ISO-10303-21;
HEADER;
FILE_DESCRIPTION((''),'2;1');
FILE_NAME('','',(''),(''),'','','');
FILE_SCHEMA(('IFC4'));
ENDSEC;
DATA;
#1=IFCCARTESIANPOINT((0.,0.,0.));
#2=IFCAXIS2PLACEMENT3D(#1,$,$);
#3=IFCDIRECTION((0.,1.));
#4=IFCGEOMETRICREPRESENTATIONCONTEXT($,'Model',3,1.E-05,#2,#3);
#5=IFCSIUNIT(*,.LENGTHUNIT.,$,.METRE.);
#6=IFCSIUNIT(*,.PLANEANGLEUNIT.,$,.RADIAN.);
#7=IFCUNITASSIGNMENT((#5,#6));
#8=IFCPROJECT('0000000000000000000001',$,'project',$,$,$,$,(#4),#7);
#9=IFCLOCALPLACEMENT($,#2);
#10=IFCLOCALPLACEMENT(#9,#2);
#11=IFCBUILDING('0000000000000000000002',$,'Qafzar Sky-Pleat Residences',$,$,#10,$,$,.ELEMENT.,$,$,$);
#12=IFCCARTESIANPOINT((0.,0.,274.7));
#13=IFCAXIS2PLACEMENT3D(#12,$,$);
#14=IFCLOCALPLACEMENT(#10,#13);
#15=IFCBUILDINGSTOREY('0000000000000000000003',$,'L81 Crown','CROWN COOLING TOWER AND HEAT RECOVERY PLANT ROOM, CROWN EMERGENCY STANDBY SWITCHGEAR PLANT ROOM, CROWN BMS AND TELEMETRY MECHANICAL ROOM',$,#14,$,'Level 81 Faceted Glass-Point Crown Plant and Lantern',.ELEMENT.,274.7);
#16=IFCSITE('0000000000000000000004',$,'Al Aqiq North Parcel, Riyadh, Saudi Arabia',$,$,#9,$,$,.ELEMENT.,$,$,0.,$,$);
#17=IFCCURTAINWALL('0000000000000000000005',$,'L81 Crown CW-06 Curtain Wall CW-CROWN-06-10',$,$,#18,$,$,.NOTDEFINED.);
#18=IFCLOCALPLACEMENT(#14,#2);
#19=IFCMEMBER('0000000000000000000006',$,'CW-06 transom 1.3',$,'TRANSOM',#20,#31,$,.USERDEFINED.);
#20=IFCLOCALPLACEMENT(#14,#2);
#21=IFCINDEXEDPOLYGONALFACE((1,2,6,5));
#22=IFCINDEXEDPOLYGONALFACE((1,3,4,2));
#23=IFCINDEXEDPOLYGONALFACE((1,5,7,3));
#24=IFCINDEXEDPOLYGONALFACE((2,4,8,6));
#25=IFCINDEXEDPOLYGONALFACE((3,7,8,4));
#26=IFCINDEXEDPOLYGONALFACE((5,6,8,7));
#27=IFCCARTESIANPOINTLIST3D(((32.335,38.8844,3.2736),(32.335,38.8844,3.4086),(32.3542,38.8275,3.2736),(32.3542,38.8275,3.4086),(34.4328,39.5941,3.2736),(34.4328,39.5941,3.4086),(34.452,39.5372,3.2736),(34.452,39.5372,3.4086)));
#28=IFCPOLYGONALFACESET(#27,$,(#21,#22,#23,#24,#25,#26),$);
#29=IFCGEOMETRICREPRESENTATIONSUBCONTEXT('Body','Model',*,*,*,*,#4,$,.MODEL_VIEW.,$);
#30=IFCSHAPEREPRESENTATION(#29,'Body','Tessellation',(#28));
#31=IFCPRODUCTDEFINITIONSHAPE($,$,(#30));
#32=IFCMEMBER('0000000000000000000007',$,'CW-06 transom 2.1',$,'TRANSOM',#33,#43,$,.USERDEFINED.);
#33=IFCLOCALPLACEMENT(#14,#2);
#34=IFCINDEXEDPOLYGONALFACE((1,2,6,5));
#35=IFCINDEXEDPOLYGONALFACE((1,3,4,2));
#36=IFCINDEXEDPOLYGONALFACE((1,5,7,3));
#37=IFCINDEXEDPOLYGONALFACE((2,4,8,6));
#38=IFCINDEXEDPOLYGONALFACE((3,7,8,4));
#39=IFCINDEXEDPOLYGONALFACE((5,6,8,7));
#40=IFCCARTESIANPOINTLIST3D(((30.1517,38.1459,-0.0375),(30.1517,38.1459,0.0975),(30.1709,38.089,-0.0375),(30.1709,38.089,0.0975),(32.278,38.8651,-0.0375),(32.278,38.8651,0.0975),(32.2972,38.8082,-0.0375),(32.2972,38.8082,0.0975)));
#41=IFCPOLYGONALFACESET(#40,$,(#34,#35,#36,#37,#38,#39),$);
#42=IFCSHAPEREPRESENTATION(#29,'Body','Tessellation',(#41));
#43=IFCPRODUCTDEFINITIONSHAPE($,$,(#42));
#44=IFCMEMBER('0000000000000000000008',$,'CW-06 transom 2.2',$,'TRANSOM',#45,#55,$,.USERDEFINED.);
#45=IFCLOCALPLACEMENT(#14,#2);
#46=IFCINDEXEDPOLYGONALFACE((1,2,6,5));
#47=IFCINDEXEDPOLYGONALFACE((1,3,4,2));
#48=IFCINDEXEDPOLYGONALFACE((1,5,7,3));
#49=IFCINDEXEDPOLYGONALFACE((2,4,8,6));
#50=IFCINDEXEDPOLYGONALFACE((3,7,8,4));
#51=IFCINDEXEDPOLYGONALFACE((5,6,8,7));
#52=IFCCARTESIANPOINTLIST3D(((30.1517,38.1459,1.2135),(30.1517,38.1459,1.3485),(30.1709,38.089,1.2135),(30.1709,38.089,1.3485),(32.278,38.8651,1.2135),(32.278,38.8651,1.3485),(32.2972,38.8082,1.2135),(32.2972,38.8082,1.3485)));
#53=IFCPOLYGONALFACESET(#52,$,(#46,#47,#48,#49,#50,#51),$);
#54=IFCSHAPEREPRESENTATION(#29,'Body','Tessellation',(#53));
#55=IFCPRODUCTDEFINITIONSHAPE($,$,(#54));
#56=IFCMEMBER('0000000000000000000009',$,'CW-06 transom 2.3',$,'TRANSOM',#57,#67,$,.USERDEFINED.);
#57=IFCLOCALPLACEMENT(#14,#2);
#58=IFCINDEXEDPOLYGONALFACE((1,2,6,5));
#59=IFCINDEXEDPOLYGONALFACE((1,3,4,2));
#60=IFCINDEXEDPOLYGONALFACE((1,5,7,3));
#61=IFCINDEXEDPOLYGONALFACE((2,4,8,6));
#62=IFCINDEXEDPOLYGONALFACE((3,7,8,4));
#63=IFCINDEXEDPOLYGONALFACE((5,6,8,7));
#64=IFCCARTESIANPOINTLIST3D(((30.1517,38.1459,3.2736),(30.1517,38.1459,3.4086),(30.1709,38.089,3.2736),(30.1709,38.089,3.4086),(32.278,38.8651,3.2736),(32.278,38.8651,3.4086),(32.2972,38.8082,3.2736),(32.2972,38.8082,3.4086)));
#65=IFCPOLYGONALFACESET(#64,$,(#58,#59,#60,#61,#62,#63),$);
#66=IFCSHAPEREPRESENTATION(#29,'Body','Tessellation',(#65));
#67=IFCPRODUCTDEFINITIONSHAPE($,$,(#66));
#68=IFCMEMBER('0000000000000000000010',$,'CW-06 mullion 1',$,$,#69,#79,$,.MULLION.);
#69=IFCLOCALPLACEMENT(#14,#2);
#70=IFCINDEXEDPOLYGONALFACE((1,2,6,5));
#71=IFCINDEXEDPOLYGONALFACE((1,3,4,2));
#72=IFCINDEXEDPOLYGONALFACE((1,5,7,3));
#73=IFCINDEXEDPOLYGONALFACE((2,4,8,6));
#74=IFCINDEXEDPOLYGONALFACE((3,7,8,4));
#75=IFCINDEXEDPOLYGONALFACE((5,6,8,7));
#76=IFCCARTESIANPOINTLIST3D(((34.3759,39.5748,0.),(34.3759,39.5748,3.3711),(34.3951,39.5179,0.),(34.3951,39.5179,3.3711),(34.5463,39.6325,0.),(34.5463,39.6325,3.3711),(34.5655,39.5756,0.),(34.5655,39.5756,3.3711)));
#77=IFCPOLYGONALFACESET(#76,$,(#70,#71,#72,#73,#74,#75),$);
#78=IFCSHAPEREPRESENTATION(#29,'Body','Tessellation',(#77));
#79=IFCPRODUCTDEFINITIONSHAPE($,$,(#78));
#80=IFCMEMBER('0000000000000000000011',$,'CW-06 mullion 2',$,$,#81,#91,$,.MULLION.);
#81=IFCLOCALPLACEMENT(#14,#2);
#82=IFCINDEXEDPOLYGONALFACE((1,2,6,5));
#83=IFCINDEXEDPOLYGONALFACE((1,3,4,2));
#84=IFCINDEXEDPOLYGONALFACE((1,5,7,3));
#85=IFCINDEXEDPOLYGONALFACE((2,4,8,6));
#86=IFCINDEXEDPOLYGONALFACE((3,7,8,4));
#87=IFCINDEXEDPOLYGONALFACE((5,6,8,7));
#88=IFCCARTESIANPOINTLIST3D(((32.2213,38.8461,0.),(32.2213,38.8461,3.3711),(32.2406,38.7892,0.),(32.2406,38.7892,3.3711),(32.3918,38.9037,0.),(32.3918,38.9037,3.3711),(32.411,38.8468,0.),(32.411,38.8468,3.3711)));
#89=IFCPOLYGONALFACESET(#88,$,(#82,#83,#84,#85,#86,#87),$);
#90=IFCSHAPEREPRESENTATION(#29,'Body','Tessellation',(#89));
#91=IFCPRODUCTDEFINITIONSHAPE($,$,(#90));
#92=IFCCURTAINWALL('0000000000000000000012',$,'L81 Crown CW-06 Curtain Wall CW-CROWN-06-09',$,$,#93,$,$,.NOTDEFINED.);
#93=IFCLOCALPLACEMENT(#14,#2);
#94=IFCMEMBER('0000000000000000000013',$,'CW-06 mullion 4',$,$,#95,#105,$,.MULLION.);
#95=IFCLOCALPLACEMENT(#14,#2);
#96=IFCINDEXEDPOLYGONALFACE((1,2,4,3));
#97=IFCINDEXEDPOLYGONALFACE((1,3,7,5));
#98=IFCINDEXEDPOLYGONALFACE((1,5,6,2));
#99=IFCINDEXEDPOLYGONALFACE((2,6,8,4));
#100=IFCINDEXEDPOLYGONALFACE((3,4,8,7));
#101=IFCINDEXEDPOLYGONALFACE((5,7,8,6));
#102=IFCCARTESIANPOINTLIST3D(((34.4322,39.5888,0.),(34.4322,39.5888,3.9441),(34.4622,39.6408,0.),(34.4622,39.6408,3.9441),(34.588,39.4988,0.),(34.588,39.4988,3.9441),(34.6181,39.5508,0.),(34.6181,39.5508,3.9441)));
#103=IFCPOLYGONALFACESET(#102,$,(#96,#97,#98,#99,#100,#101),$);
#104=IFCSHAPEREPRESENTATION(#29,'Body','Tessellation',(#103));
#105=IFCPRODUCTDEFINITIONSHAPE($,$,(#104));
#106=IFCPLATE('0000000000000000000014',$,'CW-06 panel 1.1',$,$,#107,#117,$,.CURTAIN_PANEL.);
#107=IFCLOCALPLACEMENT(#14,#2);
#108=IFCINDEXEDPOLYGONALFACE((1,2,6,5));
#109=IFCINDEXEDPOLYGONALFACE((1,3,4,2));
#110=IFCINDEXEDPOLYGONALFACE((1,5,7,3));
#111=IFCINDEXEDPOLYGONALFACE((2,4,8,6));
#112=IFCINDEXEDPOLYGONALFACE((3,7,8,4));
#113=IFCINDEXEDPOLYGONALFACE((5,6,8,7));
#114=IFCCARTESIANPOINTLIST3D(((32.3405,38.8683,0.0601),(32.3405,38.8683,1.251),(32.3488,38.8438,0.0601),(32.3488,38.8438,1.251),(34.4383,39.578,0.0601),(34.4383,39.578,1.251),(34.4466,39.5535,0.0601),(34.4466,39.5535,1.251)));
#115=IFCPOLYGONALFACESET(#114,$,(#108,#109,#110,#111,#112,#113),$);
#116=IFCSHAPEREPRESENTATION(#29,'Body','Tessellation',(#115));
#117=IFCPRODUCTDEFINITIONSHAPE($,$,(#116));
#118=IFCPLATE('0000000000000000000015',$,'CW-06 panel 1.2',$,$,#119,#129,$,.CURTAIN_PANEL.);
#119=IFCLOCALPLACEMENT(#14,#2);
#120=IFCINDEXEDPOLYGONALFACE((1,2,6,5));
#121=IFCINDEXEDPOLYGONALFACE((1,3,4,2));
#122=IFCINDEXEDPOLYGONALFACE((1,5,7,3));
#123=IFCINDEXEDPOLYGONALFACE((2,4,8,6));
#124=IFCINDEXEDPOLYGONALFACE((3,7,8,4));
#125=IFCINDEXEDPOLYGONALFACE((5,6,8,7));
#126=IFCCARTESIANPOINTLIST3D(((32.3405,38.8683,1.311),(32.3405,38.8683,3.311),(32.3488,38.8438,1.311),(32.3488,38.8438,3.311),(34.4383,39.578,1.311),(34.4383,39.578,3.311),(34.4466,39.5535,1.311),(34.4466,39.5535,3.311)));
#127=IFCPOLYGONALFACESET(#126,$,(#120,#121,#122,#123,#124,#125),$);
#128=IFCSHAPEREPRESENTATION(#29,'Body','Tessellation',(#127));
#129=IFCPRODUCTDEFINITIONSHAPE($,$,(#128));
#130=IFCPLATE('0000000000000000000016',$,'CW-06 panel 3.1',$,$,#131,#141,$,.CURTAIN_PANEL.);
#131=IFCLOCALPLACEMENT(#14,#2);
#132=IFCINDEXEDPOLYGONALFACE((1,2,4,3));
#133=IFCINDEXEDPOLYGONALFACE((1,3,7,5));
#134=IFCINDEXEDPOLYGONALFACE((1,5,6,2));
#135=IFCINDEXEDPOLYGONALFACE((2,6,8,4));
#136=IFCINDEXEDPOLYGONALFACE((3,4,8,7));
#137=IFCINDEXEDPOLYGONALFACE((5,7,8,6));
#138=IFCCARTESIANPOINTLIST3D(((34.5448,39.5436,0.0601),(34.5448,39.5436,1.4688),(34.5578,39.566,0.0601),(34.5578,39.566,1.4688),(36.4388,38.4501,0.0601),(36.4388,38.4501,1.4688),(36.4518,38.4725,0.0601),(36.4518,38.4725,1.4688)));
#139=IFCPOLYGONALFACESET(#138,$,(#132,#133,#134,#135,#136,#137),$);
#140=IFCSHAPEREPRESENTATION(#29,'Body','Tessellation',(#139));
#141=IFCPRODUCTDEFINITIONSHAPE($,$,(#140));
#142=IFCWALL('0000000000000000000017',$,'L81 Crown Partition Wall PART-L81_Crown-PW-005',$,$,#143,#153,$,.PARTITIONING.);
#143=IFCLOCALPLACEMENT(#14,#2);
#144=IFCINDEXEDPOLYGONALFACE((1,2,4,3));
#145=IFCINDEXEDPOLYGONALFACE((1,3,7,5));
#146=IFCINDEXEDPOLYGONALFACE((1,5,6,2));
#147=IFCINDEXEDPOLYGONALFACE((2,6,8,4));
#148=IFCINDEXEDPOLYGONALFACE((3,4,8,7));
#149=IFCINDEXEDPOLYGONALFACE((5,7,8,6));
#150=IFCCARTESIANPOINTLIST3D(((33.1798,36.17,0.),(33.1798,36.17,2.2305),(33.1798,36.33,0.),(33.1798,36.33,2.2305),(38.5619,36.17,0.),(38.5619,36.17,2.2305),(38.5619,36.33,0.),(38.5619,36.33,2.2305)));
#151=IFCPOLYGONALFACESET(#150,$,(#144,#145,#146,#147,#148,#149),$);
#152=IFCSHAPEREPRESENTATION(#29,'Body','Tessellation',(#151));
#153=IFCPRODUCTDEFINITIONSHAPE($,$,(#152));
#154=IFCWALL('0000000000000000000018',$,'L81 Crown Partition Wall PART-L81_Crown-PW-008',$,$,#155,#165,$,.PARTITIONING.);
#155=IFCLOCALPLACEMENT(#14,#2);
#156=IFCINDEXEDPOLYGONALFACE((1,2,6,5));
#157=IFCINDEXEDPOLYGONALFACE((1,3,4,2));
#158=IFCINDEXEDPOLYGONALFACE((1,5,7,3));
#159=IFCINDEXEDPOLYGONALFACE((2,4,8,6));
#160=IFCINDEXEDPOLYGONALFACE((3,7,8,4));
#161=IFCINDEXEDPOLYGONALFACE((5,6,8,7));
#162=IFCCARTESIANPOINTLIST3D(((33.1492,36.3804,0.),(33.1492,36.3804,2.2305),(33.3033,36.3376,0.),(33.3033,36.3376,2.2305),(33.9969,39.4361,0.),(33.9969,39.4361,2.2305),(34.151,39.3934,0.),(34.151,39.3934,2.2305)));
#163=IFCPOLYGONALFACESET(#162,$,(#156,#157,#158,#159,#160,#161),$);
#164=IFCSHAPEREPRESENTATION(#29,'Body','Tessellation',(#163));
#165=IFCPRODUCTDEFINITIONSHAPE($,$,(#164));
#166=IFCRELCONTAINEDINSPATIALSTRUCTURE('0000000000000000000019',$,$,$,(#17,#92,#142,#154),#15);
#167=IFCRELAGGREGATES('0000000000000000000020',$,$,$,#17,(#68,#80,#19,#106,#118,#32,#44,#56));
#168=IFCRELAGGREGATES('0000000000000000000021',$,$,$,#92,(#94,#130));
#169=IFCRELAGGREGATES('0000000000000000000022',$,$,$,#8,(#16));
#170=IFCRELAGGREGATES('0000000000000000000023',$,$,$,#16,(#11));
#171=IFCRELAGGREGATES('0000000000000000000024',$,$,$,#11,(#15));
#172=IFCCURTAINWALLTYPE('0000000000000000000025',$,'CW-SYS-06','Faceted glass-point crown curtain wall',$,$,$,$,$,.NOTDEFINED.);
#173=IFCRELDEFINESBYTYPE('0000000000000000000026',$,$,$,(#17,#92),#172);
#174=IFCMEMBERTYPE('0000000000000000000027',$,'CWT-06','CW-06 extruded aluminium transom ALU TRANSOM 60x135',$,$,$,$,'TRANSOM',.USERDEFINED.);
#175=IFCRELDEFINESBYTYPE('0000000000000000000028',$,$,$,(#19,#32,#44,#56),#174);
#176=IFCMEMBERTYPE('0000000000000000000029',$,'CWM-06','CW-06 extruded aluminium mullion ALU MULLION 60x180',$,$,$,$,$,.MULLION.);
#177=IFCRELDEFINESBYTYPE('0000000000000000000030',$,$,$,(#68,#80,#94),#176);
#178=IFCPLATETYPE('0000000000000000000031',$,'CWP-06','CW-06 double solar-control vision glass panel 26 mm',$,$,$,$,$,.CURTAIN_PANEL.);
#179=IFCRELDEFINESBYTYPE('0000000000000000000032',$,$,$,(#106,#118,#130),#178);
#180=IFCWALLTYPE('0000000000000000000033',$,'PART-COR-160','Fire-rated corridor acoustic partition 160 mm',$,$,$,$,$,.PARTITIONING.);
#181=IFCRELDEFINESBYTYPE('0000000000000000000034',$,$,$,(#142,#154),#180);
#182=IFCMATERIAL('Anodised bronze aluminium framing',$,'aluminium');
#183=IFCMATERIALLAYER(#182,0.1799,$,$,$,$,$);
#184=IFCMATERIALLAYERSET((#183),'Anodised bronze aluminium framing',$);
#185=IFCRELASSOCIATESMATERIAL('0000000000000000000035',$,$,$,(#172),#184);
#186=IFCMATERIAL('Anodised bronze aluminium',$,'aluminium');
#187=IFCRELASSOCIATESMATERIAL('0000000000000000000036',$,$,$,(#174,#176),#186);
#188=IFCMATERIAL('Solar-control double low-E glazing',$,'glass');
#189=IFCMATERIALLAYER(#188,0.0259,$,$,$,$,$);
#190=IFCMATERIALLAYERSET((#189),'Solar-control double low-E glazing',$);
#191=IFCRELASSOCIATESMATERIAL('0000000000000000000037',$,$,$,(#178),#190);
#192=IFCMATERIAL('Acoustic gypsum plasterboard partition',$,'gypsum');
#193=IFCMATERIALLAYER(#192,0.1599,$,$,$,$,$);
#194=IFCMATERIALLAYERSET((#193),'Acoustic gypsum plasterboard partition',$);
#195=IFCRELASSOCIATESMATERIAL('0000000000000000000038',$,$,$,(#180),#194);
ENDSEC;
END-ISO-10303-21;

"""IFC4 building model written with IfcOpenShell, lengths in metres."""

from ifc_helpers import new_model, si_unit, direction, frame, frame_2d, origin, origin_2d, place, context, subcontext, project, spatial, rectangle, extrude, source, transform, mapped, material, layer, layer_set, material_profile, profile_set, type_object, element, aggregate, save


model = new_model("IFC4")

# Units and contexts
model_context = context("Model", 3, precision=1e-05, world=origin(), true_north=direction((0.0, 1.0)))
body_context = subcontext(model_context, "Body", "Model", "MODEL_VIEW")
ifc_project = project(units=[si_unit("LENGTHUNIT", "METRE"), si_unit("PLANEANGLEUNIT", "RADIAN")], contexts=[model_context])

# Site, building, storey
site_placement = place(None, origin())
site = spatial("IfcSite", under=ifc_project, at=site_placement, Name="Al Aqiq North Parcel, Riyadh, Saudi Arabia", CompositionType="ELEMENT", RefElevation=0.0)
building_placement = place(site_placement, origin())
building = spatial("IfcBuilding", under=site, at=building_placement, Name="Qafzar Sky-Pleat Residences", CompositionType="ELEMENT")
storey_placement = place(building_placement, frame((0.0, 0.0, 274.7)))
storey = spatial("IfcBuildingStorey", under=building, at=storey_placement, Name="L81 Crown", Description="CROWN COOLING TOWER AND HEAT RECOVERY PLANT ROOM, CROWN EMERGENCY STANDBY SWITCHGEAR PLANT ROOM, CROWN BMS AND TELEMETRY MECHANICAL ROOM", LongName="Level 81 Faceted Glass-Point Crown Plant and Lantern", CompositionType="ELEMENT", Elevation=274.7)

# Curtain wall, members
ifc_material_1 = material(Name="Anodised bronze aluminium framing", Category="aluminium")
ifc_layer_1 = layer(ifc_material_1, 0.1799)
ifc_layer_set_1 = layer_set([ifc_layer_1], Name="Anodised bronze aluminium framing")
curtain_wall_type = type_object("IfcCurtainWallType", Name="CW-SYS-06", Description="Faceted glass-point crown curtain wall", PredefinedType="NOTDEFINED", material=ifc_layer_set_1)
curtain_wall_1_placement = place(storey_placement, origin())
curtain_wall_1 = element("IfcCurtainWall", 1, at=curtain_wall_1_placement, inside=storey, type_object=curtain_wall_type, Name="L81 Crown CW-06 Curtain Wall CW-CROWN-06-10", PredefinedType="NOTDEFINED")
ifc_material_2 = material(Name="Anodised bronze aluminium", Category="aluminium")
ifc_material_profile_1 = material_profile(ifc_material_2, rectangle(XDim=0.0601, YDim=0.135, at=origin_2d()), Name="ALU TRANSOM 60x135")
ifc_profile_set_1 = profile_set([ifc_material_profile_1], Name="Anodised bronze aluminium")
member_type_1 = type_object("IfcMemberType", Name="CWT-06", Description="CW-06 extruded aluminium transom ALU TRANSOM 60x135", ElementType="TRANSOM", PredefinedType="USERDEFINED", material=ifc_profile_set_1)
shared_shape_1 = source(origin(), body_context, "Body", "SweptSolid", [
    extrude(rectangle(XDim=0.0601, YDim=0.135, at=origin_2d()), origin(), (0.0, 0.0, 1.0), 2.2146),
])
member_1_placement = place(storey_placement, frame((34.4424, 39.5657, 3.3411), z_axis=(-0.947263, -0.320458, 0.0), x_axis=(0.320458, -0.947263, 0.0)))
member_1 = element("IfcMember", 2, at=member_1_placement, type_object=member_type_1, Name="CW-06 transom 1.3", ObjectType="TRANSOM", PredefinedType="USERDEFINED", context=body_context, shape_type="MappedRepresentation", body=[
    mapped(shared_shape_1, transform((0.0, 0.0, 0.0), x_axis=(1.0, 0.0, 0.0), y_axis=(0.0, 1.0, 0.0), z_axis=(0.0, 0.0, 1.0), scale=1.0)),
])
shared_shape_2 = source(origin(), body_context, "Body", "SweptSolid", [
    extrude(rectangle(XDim=0.0601, YDim=0.135, at=origin_2d()), origin(), (0.0, 0.0, 1.0), 2.2446),
])
member_2_placement = place(storey_placement, frame((32.2876, 38.8367, 0.03), z_axis=(-0.947271, -0.320434, 0.0), x_axis=(0.320434, -0.947271, 0.0)))
member_2 = element("IfcMember", 3, at=member_2_placement, type_object=member_type_1, Name="CW-06 transom 2.1", ObjectType="TRANSOM", PredefinedType="USERDEFINED", context=body_context, shape_type="MappedRepresentation", body=[
    mapped(shared_shape_2, transform((0.0, 0.0, 0.0), x_axis=(1.0, 0.0, 0.0), y_axis=(0.0, 1.0, 0.0), z_axis=(0.0, 0.0, 1.0), scale=1.0)),
])
member_3_placement = place(storey_placement, frame((32.2876, 38.8367, 1.281), z_axis=(-0.947271, -0.320434, 0.0), x_axis=(0.320434, -0.947271, 0.0)))
member_3 = element("IfcMember", 4, at=member_3_placement, type_object=member_type_1, Name="CW-06 transom 2.2", ObjectType="TRANSOM", PredefinedType="USERDEFINED", context=body_context, shape_type="MappedRepresentation", body=[
    mapped(shared_shape_2, transform((0.0, 0.0, 0.0), x_axis=(1.0, 0.0, 0.0), y_axis=(0.0, 1.0, 0.0), z_axis=(0.0, 0.0, 1.0), scale=1.0)),
])
member_4_placement = place(storey_placement, frame((32.2876, 38.8367, 3.3411), z_axis=(-0.947271, -0.320434, 0.0), x_axis=(0.320434, -0.947271, 0.0)))
member_4 = element("IfcMember", 5, at=member_4_placement, type_object=member_type_1, Name="CW-06 transom 2.3", ObjectType="TRANSOM", PredefinedType="USERDEFINED", context=body_context, shape_type="MappedRepresentation", body=[
    mapped(shared_shape_2, transform((0.0, 0.0, 0.0), x_axis=(1.0, 0.0, 0.0), y_axis=(0.0, 1.0, 0.0), z_axis=(0.0, 0.0, 1.0), scale=1.0)),
])
ifc_material_profile_2 = material_profile(ifc_material_2, rectangle(XDim=0.0601, YDim=0.1799, at=origin_2d()), Name="ALU MULLION 60x180")
ifc_profile_set_2 = profile_set([ifc_material_profile_2], Name="Anodised bronze aluminium")
member_type_2 = type_object("IfcMemberType", Name="CWM-06", Description="CW-06 extruded aluminium mullion ALU MULLION 60x180", PredefinedType="MULLION", material=ifc_profile_set_2)
shared_shape_3 = source(origin(), body_context, "Body", "SweptSolid", [
    extrude(rectangle(XDim=0.0601, YDim=0.1799, at=origin_2d()), origin(), (0.0, 0.0, 1.0), 3.3711),
])
member_5_placement = place(storey_placement, frame((34.4707, 39.5752, 0.0), z_axis=(0.0, 0.0, 1.0), x_axis=(0.32046, -0.947262, 0.0)))
member_5 = element("IfcMember", 6, at=member_5_placement, type_object=member_type_2, Name="CW-06 mullion 1", PredefinedType="MULLION", context=body_context, shape_type="MappedRepresentation", body=[
    mapped(shared_shape_3, transform((0.0, 0.0, 0.0), x_axis=(1.0, 0.0, 0.0), y_axis=(0.0, 1.0, 0.0), z_axis=(0.0, 0.0, 1.0), scale=1.0)),
])
member_6_placement = place(storey_placement, frame((32.3162, 38.8464, 0.0), z_axis=(0.0, 0.0, 1.0), x_axis=(0.32046, -0.947262, 0.0)))
member_6 = element("IfcMember", 7, at=member_6_placement, type_object=member_type_2, Name="CW-06 mullion 2", PredefinedType="MULLION", context=body_context, shape_type="MappedRepresentation", body=[
    mapped(shared_shape_3, transform((0.0, 0.0, 0.0), x_axis=(1.0, 0.0, 0.0), y_axis=(0.0, 1.0, 0.0), z_axis=(0.0, 0.0, 1.0), scale=1.0)),
])

# Curtain wall, member
curtain_wall_2_placement = place(storey_placement, origin())
curtain_wall_2 = element("IfcCurtainWall", 8, at=curtain_wall_2_placement, inside=storey, type_object=curtain_wall_type, Name="L81 Crown CW-06 Curtain Wall CW-CROWN-06-09", PredefinedType="NOTDEFINED")
shared_shape_4 = source(origin(), body_context, "Body", "SweptSolid", [
    extrude(rectangle(XDim=0.0601, YDim=0.1799, at=origin_2d()), origin(), (0.0, 0.0, 1.0), 3.9441),
])
member_7_placement = place(storey_placement, frame((34.5251, 39.5698, 0.0), z_axis=(0.0, 0.0, 1.0), x_axis=(-0.5, -0.866026, 0.0)))
member_7 = element("IfcMember", 9, at=member_7_placement, type_object=member_type_2, Name="CW-06 mullion 4", PredefinedType="MULLION", context=body_context, shape_type="MappedRepresentation", body=[
    mapped(shared_shape_4, transform((0.0, 0.0, 0.0), x_axis=(1.0, 0.0, 0.0), y_axis=(0.0, 1.0, 0.0), z_axis=(0.0, 0.0, 1.0), scale=1.0)),
])

# Plates
ifc_material_3 = material(Name="Solar-control double low-E glazing", Category="glass")
ifc_layer_2 = layer(ifc_material_3, 0.0259)
ifc_layer_set_2 = layer_set([ifc_layer_2], Name="Solar-control double low-E glazing")
plate_type = type_object("IfcPlateType", Name="CWP-06", Description="CW-06 double solar-control vision glass panel 26 mm", PredefinedType="CURTAIN_PANEL", material=ifc_layer_set_2)
shared_shape_5 = source(origin(), body_context, "Body", "SweptSolid", [
    extrude(rectangle(XDim=2.2146, YDim=0.0259, at=origin_2d()), origin(), (0.0, 0.0, 1.0), 1.1909),
])
plate_1_placement = place(storey_placement, frame((33.3936, 39.2109, 0.0601), z_axis=(0.0, 0.0, 1.0), x_axis=(-0.947262, -0.32046, 0.0)))
plate_1 = element("IfcPlate", 10, at=plate_1_placement, type_object=plate_type, Name="CW-06 panel 1.1", PredefinedType="CURTAIN_PANEL", context=body_context, shape_type="MappedRepresentation", body=[
    mapped(shared_shape_5, transform((0.0, 0.0, 0.0), x_axis=(1.0, 0.0, 0.0), y_axis=(0.0, 1.0, 0.0), z_axis=(0.0, 0.0, 1.0), scale=1.0)),
])
shared_shape_6 = source(origin(), body_context, "Body", "SweptSolid", [
    extrude(rectangle(XDim=2.2146, YDim=0.0259, at=origin_2d()), origin(), (0.0, 0.0, 1.0), 2.0),
])
plate_2_placement = place(storey_placement, frame((33.3936, 39.2109, 1.311), z_axis=(0.0, 0.0, 1.0), x_axis=(-0.947262, -0.32046, 0.0)))
plate_2 = element("IfcPlate", 11, at=plate_2_placement, type_object=plate_type, Name="CW-06 panel 1.2", PredefinedType="CURTAIN_PANEL", context=body_context, shape_type="MappedRepresentation", body=[
    mapped(shared_shape_6, transform((0.0, 0.0, 0.0), x_axis=(1.0, 0.0, 0.0), y_axis=(0.0, 1.0, 0.0), z_axis=(0.0, 0.0, 1.0), scale=1.0)),
])
aggregate(curtain_wall_1, [member_5, member_6, member_1, plate_1, plate_2, member_2, member_3, member_4])
shared_shape_7 = source(origin(), body_context, "Body", "SweptSolid", [
    extrude(rectangle(XDim=2.187, YDim=0.0259, at=origin_2d()), origin(), (0.0, 0.0, 1.0), 1.4087),
])
plate_3_placement = place(storey_placement, frame((35.4983, 39.0081, 0.0601), z_axis=(0.0, 0.0, 1.0), x_axis=(-0.866026, 0.5, 0.0)))
plate_3 = element("IfcPlate", 12, at=plate_3_placement, type_object=plate_type, Name="CW-06 panel 3.1", PredefinedType="CURTAIN_PANEL", context=body_context, shape_type="MappedRepresentation", body=[
    mapped(shared_shape_7, transform((0.0, 0.0, 0.0), x_axis=(1.0, 0.0, 0.0), y_axis=(0.0, 1.0, 0.0), z_axis=(0.0, 0.0, 1.0), scale=1.0)),
])
aggregate(curtain_wall_2, [member_7, plate_3])

# Shared definitions
ifc_material_4 = material(Name="Acoustic gypsum plasterboard partition", Category="gypsum")
ifc_layer_3 = layer(ifc_material_4, 0.1599)
ifc_layer_set_3 = layer_set([ifc_layer_3], Name="Acoustic gypsum plasterboard partition")
wall_type = type_object("IfcWallType", Name="PART-COR-160", Description="Fire-rated corridor acoustic partition 160 mm", PredefinedType="PARTITIONING", material=ifc_layer_set_3)

# Walls
wall_1_placement = place(storey_placement, frame((33.1799, 36.25, 0.0), z_axis=(0.0, 0.0, 1.0), x_axis=(1.0, 0.0, 0.0)))
element("IfcWall", 13, at=wall_1_placement, inside=storey, type_object=wall_type, Name="L81 Crown Partition Wall PART-L81_Crown-PW-005", PredefinedType="PARTITIONING", context=body_context, shape_type="SweptSolid", body=[
    extrude(rectangle(XDim=5.3821, YDim=0.1599, at=frame_2d((2.6909, 0.0))), origin(), (0.0, 0.0, 1.0), 2.2305),
])
wall_2_placement = place(storey_placement, frame((33.2263, 36.3591, 0.0), z_axis=(0.0, 0.0, 1.0), x_axis=(0.26731, 0.963611, 0.0)))
element("IfcWall", 14, at=wall_2_placement, inside=storey, type_object=wall_type, Name="L81 Crown Partition Wall PART-L81_Crown-PW-008", PredefinedType="PARTITIONING", context=body_context, shape_type="SweptSolid", body=[
    extrude(rectangle(XDim=3.1711, YDim=0.1599, at=frame_2d((1.5854, 0.0))), origin(), (0.0, 0.0, 1.0), 2.2305),
])

save(model, "model.ifc")
